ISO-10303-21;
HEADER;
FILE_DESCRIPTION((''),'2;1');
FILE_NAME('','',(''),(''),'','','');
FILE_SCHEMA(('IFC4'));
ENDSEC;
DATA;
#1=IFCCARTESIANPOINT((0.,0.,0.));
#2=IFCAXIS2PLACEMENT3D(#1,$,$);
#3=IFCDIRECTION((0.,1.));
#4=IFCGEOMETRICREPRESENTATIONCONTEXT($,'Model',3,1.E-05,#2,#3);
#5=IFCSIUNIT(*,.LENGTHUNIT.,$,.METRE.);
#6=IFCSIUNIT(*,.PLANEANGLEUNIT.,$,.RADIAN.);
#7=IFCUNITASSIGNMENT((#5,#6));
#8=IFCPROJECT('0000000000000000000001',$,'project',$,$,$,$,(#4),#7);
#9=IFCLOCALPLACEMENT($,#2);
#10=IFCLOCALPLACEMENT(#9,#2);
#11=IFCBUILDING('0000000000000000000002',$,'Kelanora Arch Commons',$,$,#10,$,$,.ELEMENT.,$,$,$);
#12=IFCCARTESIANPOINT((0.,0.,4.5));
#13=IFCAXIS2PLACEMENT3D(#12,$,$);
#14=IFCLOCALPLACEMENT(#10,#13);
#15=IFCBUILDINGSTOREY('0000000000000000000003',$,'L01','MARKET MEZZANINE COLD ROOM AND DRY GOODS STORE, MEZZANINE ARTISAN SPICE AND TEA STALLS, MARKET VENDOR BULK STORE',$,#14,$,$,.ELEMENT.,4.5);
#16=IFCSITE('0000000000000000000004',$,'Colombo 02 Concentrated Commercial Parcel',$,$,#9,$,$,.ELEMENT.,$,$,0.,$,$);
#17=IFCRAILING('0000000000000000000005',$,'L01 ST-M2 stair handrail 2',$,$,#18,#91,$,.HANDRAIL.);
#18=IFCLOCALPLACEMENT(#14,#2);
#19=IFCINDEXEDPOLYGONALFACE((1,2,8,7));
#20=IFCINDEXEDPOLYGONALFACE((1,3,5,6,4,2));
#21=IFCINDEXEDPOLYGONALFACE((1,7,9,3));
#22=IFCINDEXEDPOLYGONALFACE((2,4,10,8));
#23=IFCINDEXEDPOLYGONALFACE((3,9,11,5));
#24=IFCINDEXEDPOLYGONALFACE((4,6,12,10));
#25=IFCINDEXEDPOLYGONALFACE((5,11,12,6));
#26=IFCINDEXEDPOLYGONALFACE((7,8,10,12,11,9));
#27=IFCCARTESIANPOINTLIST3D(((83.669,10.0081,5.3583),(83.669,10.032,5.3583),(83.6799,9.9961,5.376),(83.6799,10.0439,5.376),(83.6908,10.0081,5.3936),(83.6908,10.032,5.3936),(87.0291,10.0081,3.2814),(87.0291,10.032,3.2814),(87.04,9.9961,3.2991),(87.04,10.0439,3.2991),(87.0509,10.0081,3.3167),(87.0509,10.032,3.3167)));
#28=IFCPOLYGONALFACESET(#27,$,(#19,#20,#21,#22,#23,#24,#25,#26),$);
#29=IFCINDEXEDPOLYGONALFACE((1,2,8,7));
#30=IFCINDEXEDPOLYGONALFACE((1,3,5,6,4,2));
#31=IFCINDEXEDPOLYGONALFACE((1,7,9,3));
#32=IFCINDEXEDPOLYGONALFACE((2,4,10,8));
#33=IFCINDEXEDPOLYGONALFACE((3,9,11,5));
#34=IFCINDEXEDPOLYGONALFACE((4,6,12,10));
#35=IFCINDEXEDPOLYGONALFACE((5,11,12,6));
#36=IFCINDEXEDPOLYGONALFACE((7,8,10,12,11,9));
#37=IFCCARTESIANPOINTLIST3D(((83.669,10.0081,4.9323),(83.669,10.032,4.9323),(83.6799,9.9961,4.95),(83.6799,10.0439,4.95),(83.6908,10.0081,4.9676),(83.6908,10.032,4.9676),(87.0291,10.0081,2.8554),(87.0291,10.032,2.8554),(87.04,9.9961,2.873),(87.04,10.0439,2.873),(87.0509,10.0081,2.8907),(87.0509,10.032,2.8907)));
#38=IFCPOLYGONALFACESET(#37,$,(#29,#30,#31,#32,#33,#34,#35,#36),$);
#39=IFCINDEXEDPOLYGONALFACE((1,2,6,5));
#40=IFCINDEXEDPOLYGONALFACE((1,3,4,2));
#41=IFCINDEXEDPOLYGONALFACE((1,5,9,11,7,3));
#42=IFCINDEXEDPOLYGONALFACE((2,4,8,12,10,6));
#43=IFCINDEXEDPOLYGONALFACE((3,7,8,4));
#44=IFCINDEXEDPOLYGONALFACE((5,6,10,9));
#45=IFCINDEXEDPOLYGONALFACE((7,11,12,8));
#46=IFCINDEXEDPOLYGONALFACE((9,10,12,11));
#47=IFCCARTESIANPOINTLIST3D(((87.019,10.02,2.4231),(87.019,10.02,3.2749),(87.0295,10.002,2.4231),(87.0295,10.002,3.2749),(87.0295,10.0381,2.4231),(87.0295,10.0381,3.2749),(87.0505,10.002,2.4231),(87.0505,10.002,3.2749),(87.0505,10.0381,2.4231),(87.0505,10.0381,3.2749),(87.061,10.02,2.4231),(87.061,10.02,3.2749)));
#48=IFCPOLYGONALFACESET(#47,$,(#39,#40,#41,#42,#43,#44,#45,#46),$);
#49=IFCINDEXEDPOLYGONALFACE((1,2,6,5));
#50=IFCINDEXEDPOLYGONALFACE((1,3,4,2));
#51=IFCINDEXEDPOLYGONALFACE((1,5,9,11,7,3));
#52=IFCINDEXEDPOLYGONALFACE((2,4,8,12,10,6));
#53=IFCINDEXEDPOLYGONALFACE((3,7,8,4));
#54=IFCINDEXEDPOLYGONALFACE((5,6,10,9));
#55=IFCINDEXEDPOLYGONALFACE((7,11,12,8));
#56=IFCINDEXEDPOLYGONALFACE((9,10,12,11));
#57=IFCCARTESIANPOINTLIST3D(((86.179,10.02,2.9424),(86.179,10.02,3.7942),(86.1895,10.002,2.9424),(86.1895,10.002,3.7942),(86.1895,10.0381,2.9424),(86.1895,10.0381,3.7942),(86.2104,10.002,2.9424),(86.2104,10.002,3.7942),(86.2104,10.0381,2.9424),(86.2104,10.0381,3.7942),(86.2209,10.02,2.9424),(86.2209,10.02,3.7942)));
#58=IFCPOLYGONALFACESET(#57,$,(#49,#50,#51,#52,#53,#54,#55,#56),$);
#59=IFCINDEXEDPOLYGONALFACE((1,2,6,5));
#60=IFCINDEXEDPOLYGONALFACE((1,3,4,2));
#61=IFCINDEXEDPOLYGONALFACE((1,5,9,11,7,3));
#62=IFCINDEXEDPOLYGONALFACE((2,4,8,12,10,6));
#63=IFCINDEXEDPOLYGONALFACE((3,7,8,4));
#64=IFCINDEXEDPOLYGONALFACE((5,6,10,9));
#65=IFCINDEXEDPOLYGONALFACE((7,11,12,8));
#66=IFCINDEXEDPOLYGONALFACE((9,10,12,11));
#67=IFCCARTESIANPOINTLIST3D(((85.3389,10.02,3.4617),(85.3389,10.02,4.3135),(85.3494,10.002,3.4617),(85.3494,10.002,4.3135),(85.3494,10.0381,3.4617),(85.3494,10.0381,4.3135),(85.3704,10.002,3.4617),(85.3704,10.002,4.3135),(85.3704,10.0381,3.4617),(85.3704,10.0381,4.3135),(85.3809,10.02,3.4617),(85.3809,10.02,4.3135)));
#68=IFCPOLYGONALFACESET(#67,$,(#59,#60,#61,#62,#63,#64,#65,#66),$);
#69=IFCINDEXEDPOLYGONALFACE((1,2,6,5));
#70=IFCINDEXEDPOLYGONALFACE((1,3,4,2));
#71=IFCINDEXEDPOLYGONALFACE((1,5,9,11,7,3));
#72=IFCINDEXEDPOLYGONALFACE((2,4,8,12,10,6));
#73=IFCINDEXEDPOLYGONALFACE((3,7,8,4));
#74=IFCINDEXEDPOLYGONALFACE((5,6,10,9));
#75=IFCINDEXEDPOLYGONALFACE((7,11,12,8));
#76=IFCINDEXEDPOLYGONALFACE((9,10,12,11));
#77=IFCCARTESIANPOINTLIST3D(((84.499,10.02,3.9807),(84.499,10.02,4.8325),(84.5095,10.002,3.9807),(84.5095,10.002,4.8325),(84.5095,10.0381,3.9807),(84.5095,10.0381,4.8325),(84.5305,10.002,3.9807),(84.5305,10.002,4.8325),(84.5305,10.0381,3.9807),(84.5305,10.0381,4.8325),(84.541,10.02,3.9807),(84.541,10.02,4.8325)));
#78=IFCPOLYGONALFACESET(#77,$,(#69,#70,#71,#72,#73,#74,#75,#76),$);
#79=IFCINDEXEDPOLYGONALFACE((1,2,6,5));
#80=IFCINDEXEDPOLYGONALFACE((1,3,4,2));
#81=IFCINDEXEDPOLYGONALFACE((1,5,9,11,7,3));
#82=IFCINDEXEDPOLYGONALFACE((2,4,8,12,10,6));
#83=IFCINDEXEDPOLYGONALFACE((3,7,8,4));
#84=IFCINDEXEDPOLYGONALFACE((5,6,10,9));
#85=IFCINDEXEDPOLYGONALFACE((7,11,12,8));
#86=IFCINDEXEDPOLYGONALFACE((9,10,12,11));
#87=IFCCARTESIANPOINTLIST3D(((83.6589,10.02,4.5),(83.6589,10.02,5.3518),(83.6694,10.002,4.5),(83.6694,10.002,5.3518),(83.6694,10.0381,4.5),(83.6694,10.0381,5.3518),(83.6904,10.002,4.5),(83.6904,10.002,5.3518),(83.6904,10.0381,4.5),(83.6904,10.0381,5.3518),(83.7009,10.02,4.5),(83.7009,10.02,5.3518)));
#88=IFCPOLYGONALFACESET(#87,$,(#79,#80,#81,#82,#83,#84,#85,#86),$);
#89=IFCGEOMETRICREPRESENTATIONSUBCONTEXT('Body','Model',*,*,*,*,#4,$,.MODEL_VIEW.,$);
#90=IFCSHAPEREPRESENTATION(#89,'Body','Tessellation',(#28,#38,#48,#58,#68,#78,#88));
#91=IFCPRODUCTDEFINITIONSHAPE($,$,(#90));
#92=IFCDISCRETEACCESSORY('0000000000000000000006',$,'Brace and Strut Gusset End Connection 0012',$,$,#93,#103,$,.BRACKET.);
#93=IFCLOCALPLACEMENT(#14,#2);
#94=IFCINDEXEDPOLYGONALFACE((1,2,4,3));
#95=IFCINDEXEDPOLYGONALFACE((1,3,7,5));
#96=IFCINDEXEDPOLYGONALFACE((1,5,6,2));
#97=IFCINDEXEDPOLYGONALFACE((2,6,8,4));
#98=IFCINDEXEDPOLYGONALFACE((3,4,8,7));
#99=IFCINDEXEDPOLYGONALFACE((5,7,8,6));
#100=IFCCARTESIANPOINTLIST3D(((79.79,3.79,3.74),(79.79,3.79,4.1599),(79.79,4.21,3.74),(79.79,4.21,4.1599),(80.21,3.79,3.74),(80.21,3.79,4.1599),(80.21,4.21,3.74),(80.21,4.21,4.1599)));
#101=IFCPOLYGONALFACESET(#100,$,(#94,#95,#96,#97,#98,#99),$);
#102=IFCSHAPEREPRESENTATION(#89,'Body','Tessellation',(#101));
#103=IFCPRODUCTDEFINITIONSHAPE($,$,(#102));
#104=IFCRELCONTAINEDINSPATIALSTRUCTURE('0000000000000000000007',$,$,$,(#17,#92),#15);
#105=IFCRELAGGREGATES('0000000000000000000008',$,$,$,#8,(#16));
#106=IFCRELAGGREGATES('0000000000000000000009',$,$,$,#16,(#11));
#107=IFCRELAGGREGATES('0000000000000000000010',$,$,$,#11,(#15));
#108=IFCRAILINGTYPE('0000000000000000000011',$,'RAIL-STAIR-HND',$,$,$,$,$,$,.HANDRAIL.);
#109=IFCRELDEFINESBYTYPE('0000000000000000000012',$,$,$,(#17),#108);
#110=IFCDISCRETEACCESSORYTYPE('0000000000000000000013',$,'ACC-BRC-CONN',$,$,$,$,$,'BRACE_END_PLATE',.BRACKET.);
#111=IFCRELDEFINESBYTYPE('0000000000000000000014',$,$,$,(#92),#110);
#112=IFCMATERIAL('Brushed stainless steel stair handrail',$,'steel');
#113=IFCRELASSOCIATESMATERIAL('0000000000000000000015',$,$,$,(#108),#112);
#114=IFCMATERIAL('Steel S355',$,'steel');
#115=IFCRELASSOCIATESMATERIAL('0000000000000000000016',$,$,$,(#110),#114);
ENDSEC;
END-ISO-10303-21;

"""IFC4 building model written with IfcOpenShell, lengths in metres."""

from ifc_helpers import new_model, si_unit, direction, frame, origin, origin_2d, place, context, subcontext, project, spatial, polyline, rectangle, outline, extrude, source, transform, mapped, material, type_object, element, save


model = new_model("IFC4")

# Units and contexts
model_context = context("Model", 3, precision=1e-05, world=origin(), true_north=direction((0.0, 1.0)))
body_context = subcontext(model_context, "Body", "Model", "MODEL_VIEW")
ifc_project = project(units=[si_unit("LENGTHUNIT", "METRE"), si_unit("PLANEANGLEUNIT", "RADIAN")], contexts=[model_context])

# Site, building, storey
site_placement = place(None, origin())
site = spatial("IfcSite", under=ifc_project, at=site_placement, Name="Colombo 02 Concentrated Commercial Parcel", CompositionType="ELEMENT", RefElevation=0.0)
building_placement = place(site_placement, origin())
building = spatial("IfcBuilding", under=site, at=building_placement, Name="Kelanora Arch Commons", CompositionType="ELEMENT")
storey_placement = place(building_placement, frame((0.0, 0.0, 4.5)))
storey = spatial("IfcBuildingStorey", under=building, at=storey_placement, Name="L01", Description="MARKET MEZZANINE COLD ROOM AND DRY GOODS STORE, MEZZANINE ARTISAN SPICE AND TEA STALLS, MARKET VENDOR BULK STORE", CompositionType="ELEMENT", Elevation=4.5)

# Railing
ifc_material_1 = material(Name="Brushed stainless steel stair handrail", Category="steel")
railing_type_1 = type_object("IfcRailingType", Name="RAIL-STAIR-HND", PredefinedType="HANDRAIL", material=ifc_material_1)
railing_1_placement = place(storey_placement, frame((87.04, 10.02, 2.4231)))
element("IfcRailing", 1, at=railing_1_placement, inside=storey, type_object=railing_type_1, Name="L01 ST-M2 stair handrail 2", PredefinedType="HANDRAIL", context=body_context, shape_type="SweptSolid", body=[
    extrude(outline(polyline([(0.0239, 0.0), (0.012, 0.0208), (-0.012, 0.0208), (-0.0239, 0.0), (-0.012, -0.0208), (0.012, -0.0208), (0.0239, 0.0)])), frame((0.0, 0.0, 0.876), z_axis=(-0.850623, 0.0, 0.525776), x_axis=(0.0, -1.0, 0.0)), (0.0, 0.0, 1.0), 3.9502),
    extrude(outline(polyline([(0.0239, 0.0), (0.012, 0.0208), (-0.012, 0.0208), (-0.0239, 0.0), (-0.012, -0.0208), (0.012, -0.0208), (0.0239, 0.0)])), frame((0.0, 0.0, 0.45), z_axis=(-0.850623, 0.0, 0.525776), x_axis=(0.0, -1.0, 0.0)), (0.0, 0.0, 1.0), 3.9502),
    extrude(outline(polyline([(0.021, 0.0), (0.0105, 0.0181), (-0.0105, 0.0181), (-0.021, 0.0), (-0.0105, -0.0181), (0.0105, -0.0181), (0.021, 0.0)])), origin(), (0.0, 0.0, 1.0), 0.8518),
    extrude(outline(polyline([(0.021, 0.0), (0.0105, 0.0181), (-0.0105, 0.0181), (-0.021, 0.0), (-0.0105, -0.0181), (0.0105, -0.0181), (0.021, 0.0)])), frame((-0.8401, 0.0, 0.5193)), (0.0, 0.0, 1.0), 0.8518),
    extrude(outline(polyline([(0.021, 0.0), (0.0105, 0.0181), (-0.0105, 0.0181), (-0.021, 0.0), (-0.0105, -0.0181), (0.0105, -0.0181), (0.021, 0.0)])), frame((-1.6802, 0.0, 1.0386)), (0.0, 0.0, 1.0), 0.8518),
    extrude(outline(polyline([(0.021, 0.0), (0.0105, 0.0181), (-0.0105, 0.0181), (-0.021, 0.0), (-0.0105, -0.0181), (0.0105, -0.0181), (0.021, 0.0)])), frame((-2.52, 0.0, 1.5576)), (0.0, 0.0, 1.0), 0.8518),
    extrude(outline(polyline([(0.021, 0.0), (0.0105, 0.0181), (-0.0105, 0.0181), (-0.021, 0.0), (-0.0105, -0.0181), (0.0105, -0.0181), (0.021, 0.0)])), frame((-3.3601, 0.0, 2.0769)), (0.0, 0.0, 1.0), 0.8518),
])

# Discrete accessory
ifc_material_2 = material(Name="Steel S355", Category="steel")
discrete_accessory_type = type_object("IfcDiscreteAccessoryType", Name="ACC-BRC-CONN", ElementType="BRACE_END_PLATE", PredefinedType="BRACKET", material=ifc_material_2)
shared_shape = source(origin(), body_context, "Body", "SweptSolid", [
    extrude(rectangle(XDim=0.4199, YDim=0.4199, at=origin_2d()), origin(), (0.0, 0.0, 1.0), 0.4199),
])
discrete_accessory_placement = place(storey_placement, frame((80.0, 4.0, 3.74), z_axis=(0.0, 0.0, 1.0), x_axis=(1.0, 0.0, 0.0)))
element("IfcDiscreteAccessory", 2, at=discrete_accessory_placement, inside=storey, type_object=discrete_accessory_type, Name="Brace and Strut Gusset End Connection 0012", PredefinedType="BRACKET", context=body_context, shape_type="MappedRepresentation", body=[
    mapped(shared_shape, transform((0.0, 0.0, 0.0), scale=1.0)),
])

save(model, "model.ifc")
